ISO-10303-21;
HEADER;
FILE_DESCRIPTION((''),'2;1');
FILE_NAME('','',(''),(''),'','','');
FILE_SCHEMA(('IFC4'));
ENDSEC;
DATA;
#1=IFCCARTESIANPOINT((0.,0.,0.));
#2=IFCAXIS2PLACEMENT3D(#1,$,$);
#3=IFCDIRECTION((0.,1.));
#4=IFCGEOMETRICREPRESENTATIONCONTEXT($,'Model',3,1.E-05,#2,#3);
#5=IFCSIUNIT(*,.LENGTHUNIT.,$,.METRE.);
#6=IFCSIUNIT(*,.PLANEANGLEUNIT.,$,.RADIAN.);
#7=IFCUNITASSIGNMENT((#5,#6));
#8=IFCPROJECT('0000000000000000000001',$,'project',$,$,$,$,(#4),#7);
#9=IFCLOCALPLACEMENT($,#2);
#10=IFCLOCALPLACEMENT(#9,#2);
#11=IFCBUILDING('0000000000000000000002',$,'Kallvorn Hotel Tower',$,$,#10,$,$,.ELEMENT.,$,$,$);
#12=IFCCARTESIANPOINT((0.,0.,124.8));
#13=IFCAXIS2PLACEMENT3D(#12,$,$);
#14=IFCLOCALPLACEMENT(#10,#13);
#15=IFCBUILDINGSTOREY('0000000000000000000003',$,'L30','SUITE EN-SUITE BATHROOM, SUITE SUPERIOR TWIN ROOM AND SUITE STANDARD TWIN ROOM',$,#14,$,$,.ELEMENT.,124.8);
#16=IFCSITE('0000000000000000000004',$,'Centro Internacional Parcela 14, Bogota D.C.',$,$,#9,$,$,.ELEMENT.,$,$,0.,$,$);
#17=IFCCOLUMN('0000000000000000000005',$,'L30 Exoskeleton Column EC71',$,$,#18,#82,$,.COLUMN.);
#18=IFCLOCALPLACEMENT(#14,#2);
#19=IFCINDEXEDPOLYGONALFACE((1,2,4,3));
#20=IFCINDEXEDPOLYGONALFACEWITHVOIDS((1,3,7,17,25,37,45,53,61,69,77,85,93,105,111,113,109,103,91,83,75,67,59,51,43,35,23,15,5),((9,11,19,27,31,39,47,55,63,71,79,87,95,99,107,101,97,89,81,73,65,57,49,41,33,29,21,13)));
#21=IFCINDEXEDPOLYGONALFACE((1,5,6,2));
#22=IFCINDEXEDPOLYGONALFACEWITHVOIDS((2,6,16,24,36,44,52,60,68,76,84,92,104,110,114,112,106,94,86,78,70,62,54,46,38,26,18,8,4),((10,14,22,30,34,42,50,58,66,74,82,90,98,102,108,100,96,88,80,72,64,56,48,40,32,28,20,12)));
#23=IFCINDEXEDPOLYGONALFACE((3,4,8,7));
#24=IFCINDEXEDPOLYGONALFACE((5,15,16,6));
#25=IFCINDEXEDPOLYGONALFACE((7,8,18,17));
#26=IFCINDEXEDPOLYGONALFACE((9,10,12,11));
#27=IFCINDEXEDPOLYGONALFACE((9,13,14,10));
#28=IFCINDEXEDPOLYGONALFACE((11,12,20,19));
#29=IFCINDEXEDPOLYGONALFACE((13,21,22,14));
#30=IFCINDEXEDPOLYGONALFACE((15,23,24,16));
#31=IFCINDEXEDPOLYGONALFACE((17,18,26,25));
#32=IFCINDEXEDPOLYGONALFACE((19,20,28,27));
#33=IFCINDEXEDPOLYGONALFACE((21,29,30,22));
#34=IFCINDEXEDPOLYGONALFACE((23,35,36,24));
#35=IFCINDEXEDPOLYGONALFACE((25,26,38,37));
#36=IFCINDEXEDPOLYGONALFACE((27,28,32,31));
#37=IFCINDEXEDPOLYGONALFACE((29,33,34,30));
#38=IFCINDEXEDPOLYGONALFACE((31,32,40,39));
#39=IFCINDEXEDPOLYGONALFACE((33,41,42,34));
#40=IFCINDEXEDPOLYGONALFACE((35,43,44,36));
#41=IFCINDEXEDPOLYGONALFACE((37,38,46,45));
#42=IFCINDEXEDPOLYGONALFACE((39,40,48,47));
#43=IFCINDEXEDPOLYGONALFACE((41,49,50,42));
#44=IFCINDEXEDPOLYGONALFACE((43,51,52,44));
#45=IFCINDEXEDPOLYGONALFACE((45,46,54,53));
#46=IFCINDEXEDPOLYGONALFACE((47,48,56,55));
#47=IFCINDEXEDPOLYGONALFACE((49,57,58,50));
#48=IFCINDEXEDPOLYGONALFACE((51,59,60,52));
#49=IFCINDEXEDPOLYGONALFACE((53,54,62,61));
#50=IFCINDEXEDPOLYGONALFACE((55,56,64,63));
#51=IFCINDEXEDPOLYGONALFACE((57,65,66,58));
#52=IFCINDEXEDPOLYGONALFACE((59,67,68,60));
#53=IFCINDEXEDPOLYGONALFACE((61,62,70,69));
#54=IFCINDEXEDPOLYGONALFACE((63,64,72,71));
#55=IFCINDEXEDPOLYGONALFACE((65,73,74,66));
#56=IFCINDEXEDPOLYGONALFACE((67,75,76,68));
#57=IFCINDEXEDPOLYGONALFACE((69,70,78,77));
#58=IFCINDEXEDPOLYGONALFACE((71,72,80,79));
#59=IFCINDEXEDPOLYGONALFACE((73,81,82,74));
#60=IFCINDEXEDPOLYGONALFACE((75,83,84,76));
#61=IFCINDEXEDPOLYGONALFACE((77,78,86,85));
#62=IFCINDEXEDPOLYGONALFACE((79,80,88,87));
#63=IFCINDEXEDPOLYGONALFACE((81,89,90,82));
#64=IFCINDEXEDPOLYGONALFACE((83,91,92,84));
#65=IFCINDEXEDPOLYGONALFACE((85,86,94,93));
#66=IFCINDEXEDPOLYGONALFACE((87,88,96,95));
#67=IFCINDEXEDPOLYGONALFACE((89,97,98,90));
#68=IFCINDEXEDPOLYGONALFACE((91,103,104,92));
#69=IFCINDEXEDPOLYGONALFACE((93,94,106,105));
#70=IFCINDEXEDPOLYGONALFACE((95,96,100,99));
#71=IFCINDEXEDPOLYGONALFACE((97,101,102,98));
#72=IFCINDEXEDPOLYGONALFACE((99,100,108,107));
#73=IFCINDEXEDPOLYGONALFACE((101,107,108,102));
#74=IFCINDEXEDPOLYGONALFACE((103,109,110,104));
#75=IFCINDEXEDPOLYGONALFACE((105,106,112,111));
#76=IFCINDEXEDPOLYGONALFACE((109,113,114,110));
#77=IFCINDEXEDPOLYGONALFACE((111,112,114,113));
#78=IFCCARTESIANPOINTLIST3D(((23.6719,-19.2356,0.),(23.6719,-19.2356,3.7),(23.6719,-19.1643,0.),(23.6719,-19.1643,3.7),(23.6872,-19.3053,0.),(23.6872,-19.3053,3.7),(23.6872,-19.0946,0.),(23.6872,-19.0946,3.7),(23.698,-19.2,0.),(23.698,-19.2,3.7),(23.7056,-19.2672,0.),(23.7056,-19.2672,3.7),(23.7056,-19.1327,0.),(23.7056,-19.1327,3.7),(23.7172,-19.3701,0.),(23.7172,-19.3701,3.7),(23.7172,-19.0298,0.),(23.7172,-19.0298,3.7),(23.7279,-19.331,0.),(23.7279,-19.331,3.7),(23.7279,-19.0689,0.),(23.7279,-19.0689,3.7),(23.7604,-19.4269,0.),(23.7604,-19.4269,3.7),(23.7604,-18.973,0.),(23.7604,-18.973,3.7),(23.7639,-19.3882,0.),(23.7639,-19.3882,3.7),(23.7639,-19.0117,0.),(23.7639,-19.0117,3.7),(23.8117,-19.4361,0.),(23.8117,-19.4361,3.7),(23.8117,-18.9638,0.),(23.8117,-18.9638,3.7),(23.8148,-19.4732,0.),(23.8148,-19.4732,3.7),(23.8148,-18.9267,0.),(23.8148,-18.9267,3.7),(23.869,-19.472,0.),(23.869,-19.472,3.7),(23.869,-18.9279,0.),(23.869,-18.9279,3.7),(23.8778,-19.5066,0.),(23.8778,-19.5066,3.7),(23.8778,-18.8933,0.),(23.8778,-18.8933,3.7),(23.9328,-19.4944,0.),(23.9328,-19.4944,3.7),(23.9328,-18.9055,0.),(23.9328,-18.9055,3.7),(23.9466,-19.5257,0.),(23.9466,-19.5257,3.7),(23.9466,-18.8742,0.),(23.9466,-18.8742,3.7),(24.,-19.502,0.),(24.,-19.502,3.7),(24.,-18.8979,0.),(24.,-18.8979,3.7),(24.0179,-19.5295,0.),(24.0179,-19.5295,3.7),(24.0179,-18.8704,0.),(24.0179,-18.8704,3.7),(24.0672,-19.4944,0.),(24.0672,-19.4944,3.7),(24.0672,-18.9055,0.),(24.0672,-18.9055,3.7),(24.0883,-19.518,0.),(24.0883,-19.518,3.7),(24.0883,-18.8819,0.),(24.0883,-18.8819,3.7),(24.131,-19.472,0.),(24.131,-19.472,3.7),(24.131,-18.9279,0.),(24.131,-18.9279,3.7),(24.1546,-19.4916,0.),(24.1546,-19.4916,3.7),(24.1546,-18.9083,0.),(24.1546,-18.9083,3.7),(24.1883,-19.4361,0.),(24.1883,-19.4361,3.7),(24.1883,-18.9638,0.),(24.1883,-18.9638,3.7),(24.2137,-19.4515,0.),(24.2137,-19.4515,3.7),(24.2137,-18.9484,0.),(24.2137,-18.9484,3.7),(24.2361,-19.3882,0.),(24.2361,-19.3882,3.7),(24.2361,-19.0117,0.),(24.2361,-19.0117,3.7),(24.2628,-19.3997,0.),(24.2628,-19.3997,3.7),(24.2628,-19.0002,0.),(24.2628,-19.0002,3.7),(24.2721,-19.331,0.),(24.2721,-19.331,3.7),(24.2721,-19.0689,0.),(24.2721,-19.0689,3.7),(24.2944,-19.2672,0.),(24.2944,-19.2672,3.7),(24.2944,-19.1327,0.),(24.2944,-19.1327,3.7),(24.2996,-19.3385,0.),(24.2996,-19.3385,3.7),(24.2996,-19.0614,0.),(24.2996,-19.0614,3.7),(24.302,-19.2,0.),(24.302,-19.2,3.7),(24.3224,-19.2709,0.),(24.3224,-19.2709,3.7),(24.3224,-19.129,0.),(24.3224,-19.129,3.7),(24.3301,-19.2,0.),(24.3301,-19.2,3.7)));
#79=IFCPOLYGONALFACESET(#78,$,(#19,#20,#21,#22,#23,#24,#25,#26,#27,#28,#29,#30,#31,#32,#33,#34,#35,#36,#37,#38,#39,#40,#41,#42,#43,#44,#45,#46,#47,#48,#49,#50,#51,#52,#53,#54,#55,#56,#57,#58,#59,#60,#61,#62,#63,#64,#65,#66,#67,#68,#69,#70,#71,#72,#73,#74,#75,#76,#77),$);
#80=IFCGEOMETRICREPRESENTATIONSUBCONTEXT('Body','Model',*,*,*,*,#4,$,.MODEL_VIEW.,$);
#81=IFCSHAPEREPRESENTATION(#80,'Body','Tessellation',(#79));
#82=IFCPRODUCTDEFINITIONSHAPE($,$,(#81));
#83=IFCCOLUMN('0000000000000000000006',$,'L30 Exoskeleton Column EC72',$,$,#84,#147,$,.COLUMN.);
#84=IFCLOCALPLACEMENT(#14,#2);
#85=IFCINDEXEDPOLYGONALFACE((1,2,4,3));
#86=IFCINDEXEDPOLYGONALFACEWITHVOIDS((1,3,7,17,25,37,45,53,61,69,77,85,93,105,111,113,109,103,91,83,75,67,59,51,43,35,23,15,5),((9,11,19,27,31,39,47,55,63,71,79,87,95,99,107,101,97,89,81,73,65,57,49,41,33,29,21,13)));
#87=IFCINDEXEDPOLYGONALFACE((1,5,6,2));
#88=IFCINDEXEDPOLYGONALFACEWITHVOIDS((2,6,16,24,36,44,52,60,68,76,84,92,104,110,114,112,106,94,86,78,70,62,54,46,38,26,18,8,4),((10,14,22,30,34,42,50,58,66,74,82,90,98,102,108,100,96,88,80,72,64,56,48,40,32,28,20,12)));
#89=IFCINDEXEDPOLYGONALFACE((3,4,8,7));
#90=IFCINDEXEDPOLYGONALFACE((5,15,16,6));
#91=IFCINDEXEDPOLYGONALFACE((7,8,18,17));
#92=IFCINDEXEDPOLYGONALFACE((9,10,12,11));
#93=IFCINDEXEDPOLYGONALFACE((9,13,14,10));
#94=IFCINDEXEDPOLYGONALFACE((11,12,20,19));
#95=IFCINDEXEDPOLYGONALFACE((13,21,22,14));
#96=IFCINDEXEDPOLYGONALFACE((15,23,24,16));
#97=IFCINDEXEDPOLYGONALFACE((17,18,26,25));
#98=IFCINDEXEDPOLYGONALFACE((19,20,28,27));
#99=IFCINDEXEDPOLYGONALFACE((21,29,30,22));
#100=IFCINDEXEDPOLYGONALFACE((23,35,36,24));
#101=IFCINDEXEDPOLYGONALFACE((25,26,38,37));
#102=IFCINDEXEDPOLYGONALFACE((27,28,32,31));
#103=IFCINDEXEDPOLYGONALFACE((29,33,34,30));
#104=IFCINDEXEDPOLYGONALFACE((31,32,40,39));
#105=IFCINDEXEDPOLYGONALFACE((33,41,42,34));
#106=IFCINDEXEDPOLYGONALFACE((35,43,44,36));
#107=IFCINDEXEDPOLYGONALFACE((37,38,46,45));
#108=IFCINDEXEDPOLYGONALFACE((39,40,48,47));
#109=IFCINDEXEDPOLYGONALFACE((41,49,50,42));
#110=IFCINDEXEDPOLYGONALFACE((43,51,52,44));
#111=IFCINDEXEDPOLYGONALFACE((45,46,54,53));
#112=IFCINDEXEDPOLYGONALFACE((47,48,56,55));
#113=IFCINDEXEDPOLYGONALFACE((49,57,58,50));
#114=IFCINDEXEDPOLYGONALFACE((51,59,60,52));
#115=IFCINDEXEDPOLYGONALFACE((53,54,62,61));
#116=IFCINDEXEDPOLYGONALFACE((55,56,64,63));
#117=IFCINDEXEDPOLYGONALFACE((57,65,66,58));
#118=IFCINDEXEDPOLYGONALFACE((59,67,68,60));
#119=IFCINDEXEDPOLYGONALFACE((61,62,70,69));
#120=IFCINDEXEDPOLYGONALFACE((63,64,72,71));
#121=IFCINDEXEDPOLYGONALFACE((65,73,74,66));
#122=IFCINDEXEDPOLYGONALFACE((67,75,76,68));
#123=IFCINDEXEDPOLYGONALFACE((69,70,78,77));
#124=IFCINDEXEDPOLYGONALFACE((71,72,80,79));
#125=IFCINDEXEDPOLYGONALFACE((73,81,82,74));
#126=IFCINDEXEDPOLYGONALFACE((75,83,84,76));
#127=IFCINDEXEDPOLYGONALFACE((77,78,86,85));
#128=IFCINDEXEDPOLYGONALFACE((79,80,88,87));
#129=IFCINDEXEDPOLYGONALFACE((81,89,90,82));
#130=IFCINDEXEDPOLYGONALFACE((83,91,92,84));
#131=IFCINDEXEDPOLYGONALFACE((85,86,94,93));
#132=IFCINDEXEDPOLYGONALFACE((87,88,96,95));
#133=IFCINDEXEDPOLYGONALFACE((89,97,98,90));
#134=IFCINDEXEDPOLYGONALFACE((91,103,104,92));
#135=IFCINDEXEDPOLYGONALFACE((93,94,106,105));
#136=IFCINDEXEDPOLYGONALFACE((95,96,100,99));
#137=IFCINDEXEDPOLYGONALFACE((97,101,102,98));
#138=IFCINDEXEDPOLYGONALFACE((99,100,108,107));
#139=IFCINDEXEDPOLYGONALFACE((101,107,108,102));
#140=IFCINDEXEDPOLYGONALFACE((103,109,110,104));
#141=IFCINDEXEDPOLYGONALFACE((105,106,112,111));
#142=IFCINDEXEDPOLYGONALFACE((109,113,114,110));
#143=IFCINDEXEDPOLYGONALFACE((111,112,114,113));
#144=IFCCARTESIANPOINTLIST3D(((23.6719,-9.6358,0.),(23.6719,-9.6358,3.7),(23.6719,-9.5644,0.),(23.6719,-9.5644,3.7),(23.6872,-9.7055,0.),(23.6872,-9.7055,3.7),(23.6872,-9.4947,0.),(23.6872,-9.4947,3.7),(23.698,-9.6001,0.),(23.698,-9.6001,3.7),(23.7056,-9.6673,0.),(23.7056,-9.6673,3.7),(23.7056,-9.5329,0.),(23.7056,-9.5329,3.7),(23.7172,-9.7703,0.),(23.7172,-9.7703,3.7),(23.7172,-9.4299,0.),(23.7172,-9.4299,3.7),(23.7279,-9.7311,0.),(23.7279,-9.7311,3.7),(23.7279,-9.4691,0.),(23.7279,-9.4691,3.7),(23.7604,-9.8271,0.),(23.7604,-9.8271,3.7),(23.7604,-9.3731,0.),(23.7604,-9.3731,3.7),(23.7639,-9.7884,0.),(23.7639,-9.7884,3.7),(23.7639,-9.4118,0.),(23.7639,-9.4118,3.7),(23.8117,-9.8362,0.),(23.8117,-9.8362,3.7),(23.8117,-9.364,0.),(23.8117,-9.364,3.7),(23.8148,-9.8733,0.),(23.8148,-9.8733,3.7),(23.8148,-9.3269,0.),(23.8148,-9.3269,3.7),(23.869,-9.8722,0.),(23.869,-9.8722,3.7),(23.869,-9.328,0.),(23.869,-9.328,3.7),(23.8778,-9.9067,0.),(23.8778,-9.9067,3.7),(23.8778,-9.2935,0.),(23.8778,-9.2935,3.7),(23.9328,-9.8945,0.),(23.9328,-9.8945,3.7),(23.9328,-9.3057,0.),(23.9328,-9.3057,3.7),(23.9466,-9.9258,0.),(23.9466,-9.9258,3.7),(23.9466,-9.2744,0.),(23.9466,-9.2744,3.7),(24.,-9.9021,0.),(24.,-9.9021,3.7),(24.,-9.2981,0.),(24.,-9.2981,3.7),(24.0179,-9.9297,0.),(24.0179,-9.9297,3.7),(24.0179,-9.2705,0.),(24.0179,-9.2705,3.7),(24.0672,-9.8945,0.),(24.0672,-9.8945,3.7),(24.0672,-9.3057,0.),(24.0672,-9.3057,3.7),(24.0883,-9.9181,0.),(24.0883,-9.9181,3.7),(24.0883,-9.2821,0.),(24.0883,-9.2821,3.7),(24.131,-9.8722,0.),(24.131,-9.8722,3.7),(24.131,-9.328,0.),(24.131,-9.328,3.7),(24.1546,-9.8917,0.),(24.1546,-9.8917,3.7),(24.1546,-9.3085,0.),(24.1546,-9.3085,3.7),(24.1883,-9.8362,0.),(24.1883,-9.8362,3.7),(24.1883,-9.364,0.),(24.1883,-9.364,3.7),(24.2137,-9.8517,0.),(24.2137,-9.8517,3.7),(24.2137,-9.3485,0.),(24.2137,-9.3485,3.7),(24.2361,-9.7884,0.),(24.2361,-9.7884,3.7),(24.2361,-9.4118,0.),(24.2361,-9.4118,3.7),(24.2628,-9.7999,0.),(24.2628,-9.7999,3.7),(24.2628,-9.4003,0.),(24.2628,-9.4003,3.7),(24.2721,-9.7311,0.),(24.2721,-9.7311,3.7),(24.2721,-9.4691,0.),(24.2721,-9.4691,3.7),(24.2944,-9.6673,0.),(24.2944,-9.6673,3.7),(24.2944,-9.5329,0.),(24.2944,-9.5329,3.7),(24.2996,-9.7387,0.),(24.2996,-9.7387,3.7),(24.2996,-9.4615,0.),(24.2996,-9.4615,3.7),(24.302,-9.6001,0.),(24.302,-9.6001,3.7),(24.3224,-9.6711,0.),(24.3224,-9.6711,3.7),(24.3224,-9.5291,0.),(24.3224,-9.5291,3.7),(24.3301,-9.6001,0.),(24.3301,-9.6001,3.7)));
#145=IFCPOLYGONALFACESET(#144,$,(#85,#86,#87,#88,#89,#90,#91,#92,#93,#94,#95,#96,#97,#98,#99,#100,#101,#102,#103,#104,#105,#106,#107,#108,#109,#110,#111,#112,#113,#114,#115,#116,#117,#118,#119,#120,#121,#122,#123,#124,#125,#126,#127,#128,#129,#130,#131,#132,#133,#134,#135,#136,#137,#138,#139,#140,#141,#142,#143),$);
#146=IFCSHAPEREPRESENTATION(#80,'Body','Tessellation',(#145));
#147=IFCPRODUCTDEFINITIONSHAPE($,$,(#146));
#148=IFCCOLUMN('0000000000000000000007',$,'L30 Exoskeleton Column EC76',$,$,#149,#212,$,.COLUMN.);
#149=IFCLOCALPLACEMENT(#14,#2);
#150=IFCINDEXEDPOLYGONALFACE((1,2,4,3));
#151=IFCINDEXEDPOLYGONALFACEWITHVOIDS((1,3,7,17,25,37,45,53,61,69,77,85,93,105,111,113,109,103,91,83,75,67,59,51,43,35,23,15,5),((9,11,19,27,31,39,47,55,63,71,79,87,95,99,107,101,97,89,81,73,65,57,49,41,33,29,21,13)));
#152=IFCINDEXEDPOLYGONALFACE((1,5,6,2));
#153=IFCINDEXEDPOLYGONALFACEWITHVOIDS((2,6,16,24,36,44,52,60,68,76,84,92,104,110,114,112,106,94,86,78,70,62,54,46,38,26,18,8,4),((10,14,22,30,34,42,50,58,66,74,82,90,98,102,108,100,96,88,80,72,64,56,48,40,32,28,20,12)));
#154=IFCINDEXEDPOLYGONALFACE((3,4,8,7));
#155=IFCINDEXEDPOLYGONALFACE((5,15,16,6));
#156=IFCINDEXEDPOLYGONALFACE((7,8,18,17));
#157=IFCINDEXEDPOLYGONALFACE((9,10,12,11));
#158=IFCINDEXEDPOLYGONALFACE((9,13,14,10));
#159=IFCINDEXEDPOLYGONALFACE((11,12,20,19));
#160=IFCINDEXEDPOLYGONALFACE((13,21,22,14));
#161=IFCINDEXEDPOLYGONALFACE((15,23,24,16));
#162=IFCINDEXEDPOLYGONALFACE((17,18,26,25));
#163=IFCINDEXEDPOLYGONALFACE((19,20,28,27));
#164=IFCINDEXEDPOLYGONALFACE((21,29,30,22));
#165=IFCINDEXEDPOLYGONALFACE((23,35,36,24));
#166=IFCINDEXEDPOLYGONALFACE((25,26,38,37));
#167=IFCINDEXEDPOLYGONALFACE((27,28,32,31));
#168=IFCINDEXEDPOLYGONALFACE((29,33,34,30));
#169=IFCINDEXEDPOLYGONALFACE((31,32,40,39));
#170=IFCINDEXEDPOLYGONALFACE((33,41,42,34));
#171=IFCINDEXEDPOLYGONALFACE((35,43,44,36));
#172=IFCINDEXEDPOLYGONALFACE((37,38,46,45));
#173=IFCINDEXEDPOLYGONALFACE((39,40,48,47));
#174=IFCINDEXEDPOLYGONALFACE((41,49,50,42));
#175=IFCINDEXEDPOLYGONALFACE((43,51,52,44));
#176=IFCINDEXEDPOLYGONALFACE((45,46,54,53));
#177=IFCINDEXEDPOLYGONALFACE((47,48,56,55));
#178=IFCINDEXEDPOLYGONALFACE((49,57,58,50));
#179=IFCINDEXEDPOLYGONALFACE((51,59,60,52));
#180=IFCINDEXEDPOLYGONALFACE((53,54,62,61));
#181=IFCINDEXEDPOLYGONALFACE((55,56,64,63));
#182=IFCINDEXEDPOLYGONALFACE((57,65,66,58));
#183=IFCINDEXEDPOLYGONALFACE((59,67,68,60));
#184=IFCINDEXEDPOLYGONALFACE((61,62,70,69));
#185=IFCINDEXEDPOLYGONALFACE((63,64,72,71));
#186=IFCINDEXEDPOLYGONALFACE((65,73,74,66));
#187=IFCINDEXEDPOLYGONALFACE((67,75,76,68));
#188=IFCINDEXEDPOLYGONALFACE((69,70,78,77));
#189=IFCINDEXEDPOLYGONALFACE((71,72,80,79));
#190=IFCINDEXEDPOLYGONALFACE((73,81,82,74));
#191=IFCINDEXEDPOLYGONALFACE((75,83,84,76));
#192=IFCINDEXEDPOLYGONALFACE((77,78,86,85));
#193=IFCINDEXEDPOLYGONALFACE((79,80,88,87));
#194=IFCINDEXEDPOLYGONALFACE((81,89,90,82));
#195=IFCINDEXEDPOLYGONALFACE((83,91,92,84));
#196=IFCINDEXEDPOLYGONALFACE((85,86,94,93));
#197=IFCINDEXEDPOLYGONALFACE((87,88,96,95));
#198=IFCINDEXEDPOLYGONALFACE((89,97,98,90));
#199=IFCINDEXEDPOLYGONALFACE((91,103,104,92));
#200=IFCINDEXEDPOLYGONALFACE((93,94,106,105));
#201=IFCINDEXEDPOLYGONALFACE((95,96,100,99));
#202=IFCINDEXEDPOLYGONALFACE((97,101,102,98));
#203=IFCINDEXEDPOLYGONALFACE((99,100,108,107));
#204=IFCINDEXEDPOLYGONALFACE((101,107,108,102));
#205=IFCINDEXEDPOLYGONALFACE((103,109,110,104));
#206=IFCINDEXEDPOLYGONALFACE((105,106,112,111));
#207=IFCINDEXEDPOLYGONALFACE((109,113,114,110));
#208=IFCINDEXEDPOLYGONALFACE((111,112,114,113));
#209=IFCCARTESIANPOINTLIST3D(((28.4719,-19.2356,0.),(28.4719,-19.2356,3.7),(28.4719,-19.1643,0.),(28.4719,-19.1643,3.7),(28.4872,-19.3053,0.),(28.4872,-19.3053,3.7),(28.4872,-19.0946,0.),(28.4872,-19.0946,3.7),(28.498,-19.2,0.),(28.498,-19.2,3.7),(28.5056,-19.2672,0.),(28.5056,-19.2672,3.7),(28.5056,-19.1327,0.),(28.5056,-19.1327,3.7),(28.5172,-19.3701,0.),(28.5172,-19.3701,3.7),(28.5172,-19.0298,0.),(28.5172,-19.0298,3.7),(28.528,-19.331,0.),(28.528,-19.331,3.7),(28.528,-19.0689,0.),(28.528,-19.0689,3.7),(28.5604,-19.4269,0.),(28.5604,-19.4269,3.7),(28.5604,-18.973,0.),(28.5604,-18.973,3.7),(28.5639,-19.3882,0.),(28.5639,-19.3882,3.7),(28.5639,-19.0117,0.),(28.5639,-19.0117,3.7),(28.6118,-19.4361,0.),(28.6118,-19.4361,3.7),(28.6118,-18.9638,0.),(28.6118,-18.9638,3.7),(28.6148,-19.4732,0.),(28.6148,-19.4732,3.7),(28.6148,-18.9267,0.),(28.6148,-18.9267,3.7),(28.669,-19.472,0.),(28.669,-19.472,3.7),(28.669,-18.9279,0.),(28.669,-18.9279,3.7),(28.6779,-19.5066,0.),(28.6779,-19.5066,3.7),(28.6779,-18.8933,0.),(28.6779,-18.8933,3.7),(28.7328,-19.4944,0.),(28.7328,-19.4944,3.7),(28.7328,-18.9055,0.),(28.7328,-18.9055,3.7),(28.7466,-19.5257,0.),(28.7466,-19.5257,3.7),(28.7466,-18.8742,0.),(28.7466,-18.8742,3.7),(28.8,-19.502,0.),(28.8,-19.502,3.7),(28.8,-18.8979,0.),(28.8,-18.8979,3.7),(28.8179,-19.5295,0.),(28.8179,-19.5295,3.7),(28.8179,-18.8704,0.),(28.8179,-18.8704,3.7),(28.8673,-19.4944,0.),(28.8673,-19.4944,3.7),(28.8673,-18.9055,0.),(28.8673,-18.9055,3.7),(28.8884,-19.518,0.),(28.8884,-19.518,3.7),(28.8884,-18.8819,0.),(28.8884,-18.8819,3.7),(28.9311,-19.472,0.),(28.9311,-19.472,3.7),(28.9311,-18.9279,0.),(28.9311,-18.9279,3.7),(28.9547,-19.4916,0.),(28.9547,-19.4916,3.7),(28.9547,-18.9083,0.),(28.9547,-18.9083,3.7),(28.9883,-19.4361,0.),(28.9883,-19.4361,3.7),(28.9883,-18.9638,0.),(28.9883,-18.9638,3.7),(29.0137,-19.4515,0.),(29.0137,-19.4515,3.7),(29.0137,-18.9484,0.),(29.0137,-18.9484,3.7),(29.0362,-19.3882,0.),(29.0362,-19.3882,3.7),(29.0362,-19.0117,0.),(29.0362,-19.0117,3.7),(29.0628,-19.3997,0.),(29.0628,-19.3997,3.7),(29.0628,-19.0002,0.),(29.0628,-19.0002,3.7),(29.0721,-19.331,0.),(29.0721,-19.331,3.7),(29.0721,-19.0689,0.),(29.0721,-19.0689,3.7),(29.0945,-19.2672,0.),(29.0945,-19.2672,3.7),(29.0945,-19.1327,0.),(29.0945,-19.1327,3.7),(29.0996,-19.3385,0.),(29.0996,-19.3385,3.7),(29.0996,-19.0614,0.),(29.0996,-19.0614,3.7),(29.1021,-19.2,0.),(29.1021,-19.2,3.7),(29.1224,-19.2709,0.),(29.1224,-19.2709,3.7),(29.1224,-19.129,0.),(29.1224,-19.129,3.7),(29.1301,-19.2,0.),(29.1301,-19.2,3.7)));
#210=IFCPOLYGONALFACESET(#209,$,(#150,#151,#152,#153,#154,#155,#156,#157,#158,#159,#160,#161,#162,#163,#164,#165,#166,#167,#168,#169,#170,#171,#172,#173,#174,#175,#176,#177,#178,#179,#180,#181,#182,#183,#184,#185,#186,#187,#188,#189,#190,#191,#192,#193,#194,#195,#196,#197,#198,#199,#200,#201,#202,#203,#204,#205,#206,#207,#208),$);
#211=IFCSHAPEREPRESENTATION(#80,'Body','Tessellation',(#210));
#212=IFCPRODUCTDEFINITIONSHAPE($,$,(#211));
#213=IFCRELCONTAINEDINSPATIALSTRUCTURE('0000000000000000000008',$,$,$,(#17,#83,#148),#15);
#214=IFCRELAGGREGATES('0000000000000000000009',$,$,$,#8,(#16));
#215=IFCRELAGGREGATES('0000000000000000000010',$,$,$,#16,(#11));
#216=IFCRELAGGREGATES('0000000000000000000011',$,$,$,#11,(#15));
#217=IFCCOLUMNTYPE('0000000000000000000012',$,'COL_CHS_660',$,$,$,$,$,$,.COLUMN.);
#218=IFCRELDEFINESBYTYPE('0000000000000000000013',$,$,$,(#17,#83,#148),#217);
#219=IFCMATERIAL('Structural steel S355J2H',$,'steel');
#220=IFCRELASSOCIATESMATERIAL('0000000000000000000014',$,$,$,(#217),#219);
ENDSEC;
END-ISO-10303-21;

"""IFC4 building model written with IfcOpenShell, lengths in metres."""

from ifc_helpers import new_model, si_unit, direction, frame, origin, origin_2d, place, context, subcontext, project, spatial, hollow_circle, extrude, material, material_profile, profile_set, type_object, element, save


model = new_model("IFC4")

# Units and contexts
model_context = context("Model", 3, precision=1e-05, world=origin(), true_north=direction((0.0, 1.0)))
body_context = subcontext(model_context, "Body", "Model", "MODEL_VIEW")
ifc_project = project(units=[si_unit("LENGTHUNIT", "METRE"), si_unit("PLANEANGLEUNIT", "RADIAN")], contexts=[model_context])

# Site, building, storey
site_placement = place(None, origin())
site = spatial("IfcSite", under=ifc_project, at=site_placement, Name="Centro Internacional Parcela 14, Bogota D.C.", CompositionType="ELEMENT", RefElevation=0.0)
building_placement = place(site_placement, origin())
building = spatial("IfcBuilding", under=site, at=building_placement, Name="Kallvorn Hotel Tower", CompositionType="ELEMENT")
storey_placement = place(building_placement, frame((0.0, 0.0, 124.8)))
storey = spatial("IfcBuildingStorey", under=building, at=storey_placement, Name="L30", Description="SUITE EN-SUITE BATHROOM, SUITE SUPERIOR TWIN ROOM AND SUITE STANDARD TWIN ROOM", CompositionType="ELEMENT", Elevation=124.8)

# Columns
ifc_material_1 = material(Name="Structural steel S355J2H", Category="steel")
ifc_material_profile_1 = material_profile(ifc_material_1, hollow_circle(Radius=0.3301, WallThickness=0.0281, at=origin_2d()), Name="CHS 660x28")
ifc_profile_set_1 = profile_set([ifc_material_profile_1], Name="Structural steel S355J2H")
column_type_1 = type_object("IfcColumnType", Name="COL_CHS_660", PredefinedType="COLUMN", material=ifc_profile_set_1)
for number, where, z_axis, x_axis, name in (
    (1, (24.0, -19.2, 0.0), (0.0, 0.0, 1.0), (1.0, 0.0, 0.0), "L30 Exoskeleton Column EC71"),
    (2, (24.0, -9.6001, 0.0), (0.0, 0.0, 1.0), (1.0, 0.0, 0.0), "L30 Exoskeleton Column EC72"),
    (3, (28.8, -19.2, 0.0), (0.0, 0.0, 1.0), (1.0, 0.0, 0.0), "L30 Exoskeleton Column EC76"),
):
    element("IfcColumn", number, at=place(storey_placement, frame(where, z_axis=z_axis, x_axis=x_axis)), inside=storey, type_object=column_type_1, Name=name, PredefinedType="COLUMN", context=body_context, shape_type="SweptSolid", body=[
        extrude(hollow_circle(Radius=0.3301, WallThickness=0.0281, at=origin_2d()), origin(), (0.0, 0.0, 1.0), 3.7),
    ])

save(model, "model.ifc")
